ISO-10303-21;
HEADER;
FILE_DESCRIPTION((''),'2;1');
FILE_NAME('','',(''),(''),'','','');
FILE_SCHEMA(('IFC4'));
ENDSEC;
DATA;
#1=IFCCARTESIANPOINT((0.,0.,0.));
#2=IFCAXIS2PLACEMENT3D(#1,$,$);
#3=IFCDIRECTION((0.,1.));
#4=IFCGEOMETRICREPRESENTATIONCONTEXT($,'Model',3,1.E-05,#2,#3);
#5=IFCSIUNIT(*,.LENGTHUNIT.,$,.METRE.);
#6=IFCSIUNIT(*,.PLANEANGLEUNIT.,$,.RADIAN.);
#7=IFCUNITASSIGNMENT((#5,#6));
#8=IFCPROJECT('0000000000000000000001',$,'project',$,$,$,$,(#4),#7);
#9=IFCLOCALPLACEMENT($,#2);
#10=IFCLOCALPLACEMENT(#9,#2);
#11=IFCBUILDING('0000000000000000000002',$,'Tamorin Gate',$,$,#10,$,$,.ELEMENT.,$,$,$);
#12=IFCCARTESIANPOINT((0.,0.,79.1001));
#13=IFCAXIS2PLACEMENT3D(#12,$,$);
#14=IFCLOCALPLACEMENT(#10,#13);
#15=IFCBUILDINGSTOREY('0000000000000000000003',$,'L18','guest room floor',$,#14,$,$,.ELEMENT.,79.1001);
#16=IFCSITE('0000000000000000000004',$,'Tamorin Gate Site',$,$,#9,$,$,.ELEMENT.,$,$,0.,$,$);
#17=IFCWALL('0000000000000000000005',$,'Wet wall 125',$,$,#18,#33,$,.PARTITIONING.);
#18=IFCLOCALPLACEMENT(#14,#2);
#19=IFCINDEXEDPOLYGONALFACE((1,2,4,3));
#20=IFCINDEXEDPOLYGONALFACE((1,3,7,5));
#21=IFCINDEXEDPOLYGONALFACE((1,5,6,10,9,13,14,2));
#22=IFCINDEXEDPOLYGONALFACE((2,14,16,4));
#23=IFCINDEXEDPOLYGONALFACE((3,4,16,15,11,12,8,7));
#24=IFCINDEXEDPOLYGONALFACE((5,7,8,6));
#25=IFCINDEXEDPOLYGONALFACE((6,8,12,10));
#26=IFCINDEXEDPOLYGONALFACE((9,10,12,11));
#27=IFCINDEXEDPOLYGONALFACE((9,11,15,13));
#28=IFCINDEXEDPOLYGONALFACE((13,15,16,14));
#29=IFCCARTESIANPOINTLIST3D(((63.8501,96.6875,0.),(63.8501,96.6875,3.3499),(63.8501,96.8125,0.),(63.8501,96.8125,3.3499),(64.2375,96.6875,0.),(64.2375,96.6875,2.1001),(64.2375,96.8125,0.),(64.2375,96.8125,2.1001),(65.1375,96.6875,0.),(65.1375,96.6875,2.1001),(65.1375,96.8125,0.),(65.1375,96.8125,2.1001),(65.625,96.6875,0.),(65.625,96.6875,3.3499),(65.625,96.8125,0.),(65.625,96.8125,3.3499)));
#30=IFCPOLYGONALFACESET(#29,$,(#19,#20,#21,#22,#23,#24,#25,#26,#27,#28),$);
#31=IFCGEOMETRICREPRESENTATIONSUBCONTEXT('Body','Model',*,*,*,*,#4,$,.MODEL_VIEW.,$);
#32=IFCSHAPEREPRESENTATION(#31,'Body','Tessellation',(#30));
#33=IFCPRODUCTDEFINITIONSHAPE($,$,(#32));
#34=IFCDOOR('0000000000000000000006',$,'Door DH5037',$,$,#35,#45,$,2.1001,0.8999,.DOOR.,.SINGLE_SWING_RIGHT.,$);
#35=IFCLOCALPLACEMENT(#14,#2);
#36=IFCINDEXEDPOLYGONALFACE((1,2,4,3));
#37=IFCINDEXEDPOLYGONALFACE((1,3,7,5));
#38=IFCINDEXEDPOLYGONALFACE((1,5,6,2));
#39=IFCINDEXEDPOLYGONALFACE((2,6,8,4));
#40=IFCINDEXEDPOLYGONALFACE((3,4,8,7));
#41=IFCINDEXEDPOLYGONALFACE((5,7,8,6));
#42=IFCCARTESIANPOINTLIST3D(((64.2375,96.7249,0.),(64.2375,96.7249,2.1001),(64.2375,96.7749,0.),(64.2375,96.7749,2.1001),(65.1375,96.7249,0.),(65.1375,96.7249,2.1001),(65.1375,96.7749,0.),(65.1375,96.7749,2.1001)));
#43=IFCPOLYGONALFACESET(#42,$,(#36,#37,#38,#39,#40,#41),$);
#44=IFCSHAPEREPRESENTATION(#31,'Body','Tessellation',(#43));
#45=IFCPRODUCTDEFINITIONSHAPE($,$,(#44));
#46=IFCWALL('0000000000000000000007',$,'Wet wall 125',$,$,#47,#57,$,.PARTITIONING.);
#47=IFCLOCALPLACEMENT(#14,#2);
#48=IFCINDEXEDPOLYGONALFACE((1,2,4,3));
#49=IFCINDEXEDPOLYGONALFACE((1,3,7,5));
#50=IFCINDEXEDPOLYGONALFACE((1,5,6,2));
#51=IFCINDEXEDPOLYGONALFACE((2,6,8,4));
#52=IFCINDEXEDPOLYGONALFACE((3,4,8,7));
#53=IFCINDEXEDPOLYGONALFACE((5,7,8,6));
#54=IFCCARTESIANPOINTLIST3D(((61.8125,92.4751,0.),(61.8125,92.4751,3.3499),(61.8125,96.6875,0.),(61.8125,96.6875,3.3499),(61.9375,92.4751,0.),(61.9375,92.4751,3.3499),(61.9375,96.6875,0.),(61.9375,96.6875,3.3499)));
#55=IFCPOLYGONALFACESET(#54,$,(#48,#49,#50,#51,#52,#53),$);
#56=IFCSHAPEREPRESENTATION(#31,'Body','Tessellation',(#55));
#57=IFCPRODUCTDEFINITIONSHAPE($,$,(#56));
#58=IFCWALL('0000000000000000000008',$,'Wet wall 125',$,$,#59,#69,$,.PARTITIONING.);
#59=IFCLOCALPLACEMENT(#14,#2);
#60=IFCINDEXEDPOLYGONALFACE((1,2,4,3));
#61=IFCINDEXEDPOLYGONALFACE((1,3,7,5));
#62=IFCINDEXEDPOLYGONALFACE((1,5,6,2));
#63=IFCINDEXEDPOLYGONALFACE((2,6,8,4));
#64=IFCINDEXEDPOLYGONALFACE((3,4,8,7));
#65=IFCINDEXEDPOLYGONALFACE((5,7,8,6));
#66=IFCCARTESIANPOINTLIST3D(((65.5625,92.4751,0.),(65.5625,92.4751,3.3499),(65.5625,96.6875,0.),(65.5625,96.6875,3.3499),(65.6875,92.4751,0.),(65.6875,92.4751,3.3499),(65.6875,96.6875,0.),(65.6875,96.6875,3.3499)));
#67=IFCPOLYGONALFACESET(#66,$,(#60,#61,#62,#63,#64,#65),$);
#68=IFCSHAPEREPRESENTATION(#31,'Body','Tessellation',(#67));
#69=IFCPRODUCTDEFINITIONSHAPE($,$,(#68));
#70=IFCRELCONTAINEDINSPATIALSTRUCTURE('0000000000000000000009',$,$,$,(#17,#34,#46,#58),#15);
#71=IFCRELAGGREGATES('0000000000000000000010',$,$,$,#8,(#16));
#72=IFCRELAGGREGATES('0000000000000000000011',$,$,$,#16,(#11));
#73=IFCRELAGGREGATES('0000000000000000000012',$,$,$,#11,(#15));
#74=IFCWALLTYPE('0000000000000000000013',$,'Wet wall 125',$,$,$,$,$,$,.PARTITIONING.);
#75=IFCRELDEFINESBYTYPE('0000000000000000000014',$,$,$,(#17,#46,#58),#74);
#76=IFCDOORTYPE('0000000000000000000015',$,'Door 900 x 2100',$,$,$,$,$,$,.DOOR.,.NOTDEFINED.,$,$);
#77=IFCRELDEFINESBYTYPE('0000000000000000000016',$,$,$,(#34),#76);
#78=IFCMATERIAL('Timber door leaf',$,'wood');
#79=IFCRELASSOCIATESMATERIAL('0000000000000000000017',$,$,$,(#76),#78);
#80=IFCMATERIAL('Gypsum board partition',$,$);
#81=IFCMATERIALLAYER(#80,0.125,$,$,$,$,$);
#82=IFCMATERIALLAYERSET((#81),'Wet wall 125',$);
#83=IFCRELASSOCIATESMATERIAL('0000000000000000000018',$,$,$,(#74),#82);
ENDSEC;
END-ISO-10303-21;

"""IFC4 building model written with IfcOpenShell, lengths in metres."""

from ifc_helpers import new_model, si_unit, direction, frame, frame_2d, origin, place, context, subcontext, project, spatial, rectangle, extrude, material, layer, layer_set, type_object, element, fill, save


model = new_model("IFC4")

# Units and contexts
model_context = context("Model", 3, precision=1e-05, world=origin(), true_north=direction((0.0, 1.0)))
body_context = subcontext(model_context, "Body", "Model", "MODEL_VIEW")
ifc_project = project(units=[si_unit("LENGTHUNIT", "METRE"), si_unit("PLANEANGLEUNIT", "RADIAN")], contexts=[model_context])

# Site, building, storey
site_placement = place(None, origin())
site = spatial("IfcSite", under=ifc_project, at=site_placement, Name="Tamorin Gate Site", CompositionType="ELEMENT", RefElevation=0.0)
building_placement = place(site_placement, origin())
building = spatial("IfcBuilding", under=site, at=building_placement, Name="Tamorin Gate", CompositionType="ELEMENT")
storey_placement = place(building_placement, frame((0.0, 0.0, 79.1001)))
storey = spatial("IfcBuildingStorey", under=building, at=storey_placement, Name="L18", Description="guest room floor", CompositionType="ELEMENT", Elevation=79.1001)

# Shared definitions
ifc_material_1 = material(Name="Gypsum board partition")

# Wall, opening, door
ifc_material_2 = material(Name="Timber door leaf", Category="wood")
door_type = type_object("IfcDoorType", Name="Door 900 x 2100", OperationType="NOTDEFINED", PredefinedType="DOOR", material=ifc_material_2)
ifc_layer_1 = layer(ifc_material_1, 0.125)
ifc_layer_set_1 = layer_set([ifc_layer_1], Name="Wet wall 125")
wall_type_1 = type_object("IfcWallType", Name="Wet wall 125", PredefinedType="PARTITIONING", material=ifc_layer_set_1)
wall_1_placement = place(storey_placement, frame((63.8501, 96.75, 0.0), z_axis=(0.0, 0.0, 1.0), x_axis=(1.0, 0.0, 0.0)))
wall_1 = element("IfcWall", 1, at=wall_1_placement, inside=storey, type_object=wall_type_1, Name="Wet wall 125", PredefinedType="PARTITIONING", context=body_context, shape_type="SweptSolid", body=[
    extrude(rectangle(XDim=1.7749, YDim=0.125, at=frame_2d((0.8875, 0.0))), origin(), (0.0, 0.0, 1.0), 3.3499),
])
opening_1_placement = place(wall_1_placement, frame((0.3875, 0.0, 0.0)))
opening_1 = element("IfcOpeningElement", 2, at=opening_1_placement, cuts=wall_1, PredefinedType="OPENING", context=body_context, shape_type="SweptSolid", body=[
    extrude(rectangle(XDim=0.8999, YDim=2.1001, at=frame_2d((0.45, 1.05))), frame((0.0, 0.0725, 0.0), z_axis=(0.0, -1.0, 0.0), x_axis=(1.0, 0.0, 0.0)), (0.0, 0.0, 1.0), 0.145),
])
door_1_placement = place(opening_1_placement, origin())
door_1 = element("IfcDoor", 3, at=door_1_placement, inside=storey, type_object=door_type, Name="Door DH5037", OperationType="SINGLE_SWING_RIGHT", OverallHeight=2.1001, OverallWidth=0.8999, PredefinedType="DOOR", context=body_context, shape_type="SweptSolid", body=[
    extrude(rectangle(XDim=0.8999, YDim=2.1001, at=frame_2d((0.45, 1.05))), frame((0.0, 0.0249, 0.0), z_axis=(0.0, -1.0, 0.0), x_axis=(1.0, 0.0, 0.0)), (0.0, 0.0, 1.0), 0.05),
])
fill(opening_1, door_1)

# Walls
for number, where, z_axis, x_axis, name in (
    (4, (61.875, 92.4751, 0.0), (0.0, 0.0, 1.0), (0.0, 1.0, 0.0), "Wet wall 125"),
    (5, (65.625, 92.4751, 0.0), (0.0, 0.0, 1.0), (0.0, 1.0, 0.0), "Wet wall 125"),
):
    element("IfcWall", number, at=place(storey_placement, frame(where, z_axis=z_axis, x_axis=x_axis)), inside=storey, type_object=wall_type_1, Name=name, PredefinedType="PARTITIONING", context=body_context, shape_type="SweptSolid", body=[
        extrude(rectangle(XDim=4.2124, YDim=0.125, at=frame_2d((2.1062, 0.0))), origin(), (0.0, 0.0, 1.0), 3.3499),
    ])

save(model, "model.ifc")
